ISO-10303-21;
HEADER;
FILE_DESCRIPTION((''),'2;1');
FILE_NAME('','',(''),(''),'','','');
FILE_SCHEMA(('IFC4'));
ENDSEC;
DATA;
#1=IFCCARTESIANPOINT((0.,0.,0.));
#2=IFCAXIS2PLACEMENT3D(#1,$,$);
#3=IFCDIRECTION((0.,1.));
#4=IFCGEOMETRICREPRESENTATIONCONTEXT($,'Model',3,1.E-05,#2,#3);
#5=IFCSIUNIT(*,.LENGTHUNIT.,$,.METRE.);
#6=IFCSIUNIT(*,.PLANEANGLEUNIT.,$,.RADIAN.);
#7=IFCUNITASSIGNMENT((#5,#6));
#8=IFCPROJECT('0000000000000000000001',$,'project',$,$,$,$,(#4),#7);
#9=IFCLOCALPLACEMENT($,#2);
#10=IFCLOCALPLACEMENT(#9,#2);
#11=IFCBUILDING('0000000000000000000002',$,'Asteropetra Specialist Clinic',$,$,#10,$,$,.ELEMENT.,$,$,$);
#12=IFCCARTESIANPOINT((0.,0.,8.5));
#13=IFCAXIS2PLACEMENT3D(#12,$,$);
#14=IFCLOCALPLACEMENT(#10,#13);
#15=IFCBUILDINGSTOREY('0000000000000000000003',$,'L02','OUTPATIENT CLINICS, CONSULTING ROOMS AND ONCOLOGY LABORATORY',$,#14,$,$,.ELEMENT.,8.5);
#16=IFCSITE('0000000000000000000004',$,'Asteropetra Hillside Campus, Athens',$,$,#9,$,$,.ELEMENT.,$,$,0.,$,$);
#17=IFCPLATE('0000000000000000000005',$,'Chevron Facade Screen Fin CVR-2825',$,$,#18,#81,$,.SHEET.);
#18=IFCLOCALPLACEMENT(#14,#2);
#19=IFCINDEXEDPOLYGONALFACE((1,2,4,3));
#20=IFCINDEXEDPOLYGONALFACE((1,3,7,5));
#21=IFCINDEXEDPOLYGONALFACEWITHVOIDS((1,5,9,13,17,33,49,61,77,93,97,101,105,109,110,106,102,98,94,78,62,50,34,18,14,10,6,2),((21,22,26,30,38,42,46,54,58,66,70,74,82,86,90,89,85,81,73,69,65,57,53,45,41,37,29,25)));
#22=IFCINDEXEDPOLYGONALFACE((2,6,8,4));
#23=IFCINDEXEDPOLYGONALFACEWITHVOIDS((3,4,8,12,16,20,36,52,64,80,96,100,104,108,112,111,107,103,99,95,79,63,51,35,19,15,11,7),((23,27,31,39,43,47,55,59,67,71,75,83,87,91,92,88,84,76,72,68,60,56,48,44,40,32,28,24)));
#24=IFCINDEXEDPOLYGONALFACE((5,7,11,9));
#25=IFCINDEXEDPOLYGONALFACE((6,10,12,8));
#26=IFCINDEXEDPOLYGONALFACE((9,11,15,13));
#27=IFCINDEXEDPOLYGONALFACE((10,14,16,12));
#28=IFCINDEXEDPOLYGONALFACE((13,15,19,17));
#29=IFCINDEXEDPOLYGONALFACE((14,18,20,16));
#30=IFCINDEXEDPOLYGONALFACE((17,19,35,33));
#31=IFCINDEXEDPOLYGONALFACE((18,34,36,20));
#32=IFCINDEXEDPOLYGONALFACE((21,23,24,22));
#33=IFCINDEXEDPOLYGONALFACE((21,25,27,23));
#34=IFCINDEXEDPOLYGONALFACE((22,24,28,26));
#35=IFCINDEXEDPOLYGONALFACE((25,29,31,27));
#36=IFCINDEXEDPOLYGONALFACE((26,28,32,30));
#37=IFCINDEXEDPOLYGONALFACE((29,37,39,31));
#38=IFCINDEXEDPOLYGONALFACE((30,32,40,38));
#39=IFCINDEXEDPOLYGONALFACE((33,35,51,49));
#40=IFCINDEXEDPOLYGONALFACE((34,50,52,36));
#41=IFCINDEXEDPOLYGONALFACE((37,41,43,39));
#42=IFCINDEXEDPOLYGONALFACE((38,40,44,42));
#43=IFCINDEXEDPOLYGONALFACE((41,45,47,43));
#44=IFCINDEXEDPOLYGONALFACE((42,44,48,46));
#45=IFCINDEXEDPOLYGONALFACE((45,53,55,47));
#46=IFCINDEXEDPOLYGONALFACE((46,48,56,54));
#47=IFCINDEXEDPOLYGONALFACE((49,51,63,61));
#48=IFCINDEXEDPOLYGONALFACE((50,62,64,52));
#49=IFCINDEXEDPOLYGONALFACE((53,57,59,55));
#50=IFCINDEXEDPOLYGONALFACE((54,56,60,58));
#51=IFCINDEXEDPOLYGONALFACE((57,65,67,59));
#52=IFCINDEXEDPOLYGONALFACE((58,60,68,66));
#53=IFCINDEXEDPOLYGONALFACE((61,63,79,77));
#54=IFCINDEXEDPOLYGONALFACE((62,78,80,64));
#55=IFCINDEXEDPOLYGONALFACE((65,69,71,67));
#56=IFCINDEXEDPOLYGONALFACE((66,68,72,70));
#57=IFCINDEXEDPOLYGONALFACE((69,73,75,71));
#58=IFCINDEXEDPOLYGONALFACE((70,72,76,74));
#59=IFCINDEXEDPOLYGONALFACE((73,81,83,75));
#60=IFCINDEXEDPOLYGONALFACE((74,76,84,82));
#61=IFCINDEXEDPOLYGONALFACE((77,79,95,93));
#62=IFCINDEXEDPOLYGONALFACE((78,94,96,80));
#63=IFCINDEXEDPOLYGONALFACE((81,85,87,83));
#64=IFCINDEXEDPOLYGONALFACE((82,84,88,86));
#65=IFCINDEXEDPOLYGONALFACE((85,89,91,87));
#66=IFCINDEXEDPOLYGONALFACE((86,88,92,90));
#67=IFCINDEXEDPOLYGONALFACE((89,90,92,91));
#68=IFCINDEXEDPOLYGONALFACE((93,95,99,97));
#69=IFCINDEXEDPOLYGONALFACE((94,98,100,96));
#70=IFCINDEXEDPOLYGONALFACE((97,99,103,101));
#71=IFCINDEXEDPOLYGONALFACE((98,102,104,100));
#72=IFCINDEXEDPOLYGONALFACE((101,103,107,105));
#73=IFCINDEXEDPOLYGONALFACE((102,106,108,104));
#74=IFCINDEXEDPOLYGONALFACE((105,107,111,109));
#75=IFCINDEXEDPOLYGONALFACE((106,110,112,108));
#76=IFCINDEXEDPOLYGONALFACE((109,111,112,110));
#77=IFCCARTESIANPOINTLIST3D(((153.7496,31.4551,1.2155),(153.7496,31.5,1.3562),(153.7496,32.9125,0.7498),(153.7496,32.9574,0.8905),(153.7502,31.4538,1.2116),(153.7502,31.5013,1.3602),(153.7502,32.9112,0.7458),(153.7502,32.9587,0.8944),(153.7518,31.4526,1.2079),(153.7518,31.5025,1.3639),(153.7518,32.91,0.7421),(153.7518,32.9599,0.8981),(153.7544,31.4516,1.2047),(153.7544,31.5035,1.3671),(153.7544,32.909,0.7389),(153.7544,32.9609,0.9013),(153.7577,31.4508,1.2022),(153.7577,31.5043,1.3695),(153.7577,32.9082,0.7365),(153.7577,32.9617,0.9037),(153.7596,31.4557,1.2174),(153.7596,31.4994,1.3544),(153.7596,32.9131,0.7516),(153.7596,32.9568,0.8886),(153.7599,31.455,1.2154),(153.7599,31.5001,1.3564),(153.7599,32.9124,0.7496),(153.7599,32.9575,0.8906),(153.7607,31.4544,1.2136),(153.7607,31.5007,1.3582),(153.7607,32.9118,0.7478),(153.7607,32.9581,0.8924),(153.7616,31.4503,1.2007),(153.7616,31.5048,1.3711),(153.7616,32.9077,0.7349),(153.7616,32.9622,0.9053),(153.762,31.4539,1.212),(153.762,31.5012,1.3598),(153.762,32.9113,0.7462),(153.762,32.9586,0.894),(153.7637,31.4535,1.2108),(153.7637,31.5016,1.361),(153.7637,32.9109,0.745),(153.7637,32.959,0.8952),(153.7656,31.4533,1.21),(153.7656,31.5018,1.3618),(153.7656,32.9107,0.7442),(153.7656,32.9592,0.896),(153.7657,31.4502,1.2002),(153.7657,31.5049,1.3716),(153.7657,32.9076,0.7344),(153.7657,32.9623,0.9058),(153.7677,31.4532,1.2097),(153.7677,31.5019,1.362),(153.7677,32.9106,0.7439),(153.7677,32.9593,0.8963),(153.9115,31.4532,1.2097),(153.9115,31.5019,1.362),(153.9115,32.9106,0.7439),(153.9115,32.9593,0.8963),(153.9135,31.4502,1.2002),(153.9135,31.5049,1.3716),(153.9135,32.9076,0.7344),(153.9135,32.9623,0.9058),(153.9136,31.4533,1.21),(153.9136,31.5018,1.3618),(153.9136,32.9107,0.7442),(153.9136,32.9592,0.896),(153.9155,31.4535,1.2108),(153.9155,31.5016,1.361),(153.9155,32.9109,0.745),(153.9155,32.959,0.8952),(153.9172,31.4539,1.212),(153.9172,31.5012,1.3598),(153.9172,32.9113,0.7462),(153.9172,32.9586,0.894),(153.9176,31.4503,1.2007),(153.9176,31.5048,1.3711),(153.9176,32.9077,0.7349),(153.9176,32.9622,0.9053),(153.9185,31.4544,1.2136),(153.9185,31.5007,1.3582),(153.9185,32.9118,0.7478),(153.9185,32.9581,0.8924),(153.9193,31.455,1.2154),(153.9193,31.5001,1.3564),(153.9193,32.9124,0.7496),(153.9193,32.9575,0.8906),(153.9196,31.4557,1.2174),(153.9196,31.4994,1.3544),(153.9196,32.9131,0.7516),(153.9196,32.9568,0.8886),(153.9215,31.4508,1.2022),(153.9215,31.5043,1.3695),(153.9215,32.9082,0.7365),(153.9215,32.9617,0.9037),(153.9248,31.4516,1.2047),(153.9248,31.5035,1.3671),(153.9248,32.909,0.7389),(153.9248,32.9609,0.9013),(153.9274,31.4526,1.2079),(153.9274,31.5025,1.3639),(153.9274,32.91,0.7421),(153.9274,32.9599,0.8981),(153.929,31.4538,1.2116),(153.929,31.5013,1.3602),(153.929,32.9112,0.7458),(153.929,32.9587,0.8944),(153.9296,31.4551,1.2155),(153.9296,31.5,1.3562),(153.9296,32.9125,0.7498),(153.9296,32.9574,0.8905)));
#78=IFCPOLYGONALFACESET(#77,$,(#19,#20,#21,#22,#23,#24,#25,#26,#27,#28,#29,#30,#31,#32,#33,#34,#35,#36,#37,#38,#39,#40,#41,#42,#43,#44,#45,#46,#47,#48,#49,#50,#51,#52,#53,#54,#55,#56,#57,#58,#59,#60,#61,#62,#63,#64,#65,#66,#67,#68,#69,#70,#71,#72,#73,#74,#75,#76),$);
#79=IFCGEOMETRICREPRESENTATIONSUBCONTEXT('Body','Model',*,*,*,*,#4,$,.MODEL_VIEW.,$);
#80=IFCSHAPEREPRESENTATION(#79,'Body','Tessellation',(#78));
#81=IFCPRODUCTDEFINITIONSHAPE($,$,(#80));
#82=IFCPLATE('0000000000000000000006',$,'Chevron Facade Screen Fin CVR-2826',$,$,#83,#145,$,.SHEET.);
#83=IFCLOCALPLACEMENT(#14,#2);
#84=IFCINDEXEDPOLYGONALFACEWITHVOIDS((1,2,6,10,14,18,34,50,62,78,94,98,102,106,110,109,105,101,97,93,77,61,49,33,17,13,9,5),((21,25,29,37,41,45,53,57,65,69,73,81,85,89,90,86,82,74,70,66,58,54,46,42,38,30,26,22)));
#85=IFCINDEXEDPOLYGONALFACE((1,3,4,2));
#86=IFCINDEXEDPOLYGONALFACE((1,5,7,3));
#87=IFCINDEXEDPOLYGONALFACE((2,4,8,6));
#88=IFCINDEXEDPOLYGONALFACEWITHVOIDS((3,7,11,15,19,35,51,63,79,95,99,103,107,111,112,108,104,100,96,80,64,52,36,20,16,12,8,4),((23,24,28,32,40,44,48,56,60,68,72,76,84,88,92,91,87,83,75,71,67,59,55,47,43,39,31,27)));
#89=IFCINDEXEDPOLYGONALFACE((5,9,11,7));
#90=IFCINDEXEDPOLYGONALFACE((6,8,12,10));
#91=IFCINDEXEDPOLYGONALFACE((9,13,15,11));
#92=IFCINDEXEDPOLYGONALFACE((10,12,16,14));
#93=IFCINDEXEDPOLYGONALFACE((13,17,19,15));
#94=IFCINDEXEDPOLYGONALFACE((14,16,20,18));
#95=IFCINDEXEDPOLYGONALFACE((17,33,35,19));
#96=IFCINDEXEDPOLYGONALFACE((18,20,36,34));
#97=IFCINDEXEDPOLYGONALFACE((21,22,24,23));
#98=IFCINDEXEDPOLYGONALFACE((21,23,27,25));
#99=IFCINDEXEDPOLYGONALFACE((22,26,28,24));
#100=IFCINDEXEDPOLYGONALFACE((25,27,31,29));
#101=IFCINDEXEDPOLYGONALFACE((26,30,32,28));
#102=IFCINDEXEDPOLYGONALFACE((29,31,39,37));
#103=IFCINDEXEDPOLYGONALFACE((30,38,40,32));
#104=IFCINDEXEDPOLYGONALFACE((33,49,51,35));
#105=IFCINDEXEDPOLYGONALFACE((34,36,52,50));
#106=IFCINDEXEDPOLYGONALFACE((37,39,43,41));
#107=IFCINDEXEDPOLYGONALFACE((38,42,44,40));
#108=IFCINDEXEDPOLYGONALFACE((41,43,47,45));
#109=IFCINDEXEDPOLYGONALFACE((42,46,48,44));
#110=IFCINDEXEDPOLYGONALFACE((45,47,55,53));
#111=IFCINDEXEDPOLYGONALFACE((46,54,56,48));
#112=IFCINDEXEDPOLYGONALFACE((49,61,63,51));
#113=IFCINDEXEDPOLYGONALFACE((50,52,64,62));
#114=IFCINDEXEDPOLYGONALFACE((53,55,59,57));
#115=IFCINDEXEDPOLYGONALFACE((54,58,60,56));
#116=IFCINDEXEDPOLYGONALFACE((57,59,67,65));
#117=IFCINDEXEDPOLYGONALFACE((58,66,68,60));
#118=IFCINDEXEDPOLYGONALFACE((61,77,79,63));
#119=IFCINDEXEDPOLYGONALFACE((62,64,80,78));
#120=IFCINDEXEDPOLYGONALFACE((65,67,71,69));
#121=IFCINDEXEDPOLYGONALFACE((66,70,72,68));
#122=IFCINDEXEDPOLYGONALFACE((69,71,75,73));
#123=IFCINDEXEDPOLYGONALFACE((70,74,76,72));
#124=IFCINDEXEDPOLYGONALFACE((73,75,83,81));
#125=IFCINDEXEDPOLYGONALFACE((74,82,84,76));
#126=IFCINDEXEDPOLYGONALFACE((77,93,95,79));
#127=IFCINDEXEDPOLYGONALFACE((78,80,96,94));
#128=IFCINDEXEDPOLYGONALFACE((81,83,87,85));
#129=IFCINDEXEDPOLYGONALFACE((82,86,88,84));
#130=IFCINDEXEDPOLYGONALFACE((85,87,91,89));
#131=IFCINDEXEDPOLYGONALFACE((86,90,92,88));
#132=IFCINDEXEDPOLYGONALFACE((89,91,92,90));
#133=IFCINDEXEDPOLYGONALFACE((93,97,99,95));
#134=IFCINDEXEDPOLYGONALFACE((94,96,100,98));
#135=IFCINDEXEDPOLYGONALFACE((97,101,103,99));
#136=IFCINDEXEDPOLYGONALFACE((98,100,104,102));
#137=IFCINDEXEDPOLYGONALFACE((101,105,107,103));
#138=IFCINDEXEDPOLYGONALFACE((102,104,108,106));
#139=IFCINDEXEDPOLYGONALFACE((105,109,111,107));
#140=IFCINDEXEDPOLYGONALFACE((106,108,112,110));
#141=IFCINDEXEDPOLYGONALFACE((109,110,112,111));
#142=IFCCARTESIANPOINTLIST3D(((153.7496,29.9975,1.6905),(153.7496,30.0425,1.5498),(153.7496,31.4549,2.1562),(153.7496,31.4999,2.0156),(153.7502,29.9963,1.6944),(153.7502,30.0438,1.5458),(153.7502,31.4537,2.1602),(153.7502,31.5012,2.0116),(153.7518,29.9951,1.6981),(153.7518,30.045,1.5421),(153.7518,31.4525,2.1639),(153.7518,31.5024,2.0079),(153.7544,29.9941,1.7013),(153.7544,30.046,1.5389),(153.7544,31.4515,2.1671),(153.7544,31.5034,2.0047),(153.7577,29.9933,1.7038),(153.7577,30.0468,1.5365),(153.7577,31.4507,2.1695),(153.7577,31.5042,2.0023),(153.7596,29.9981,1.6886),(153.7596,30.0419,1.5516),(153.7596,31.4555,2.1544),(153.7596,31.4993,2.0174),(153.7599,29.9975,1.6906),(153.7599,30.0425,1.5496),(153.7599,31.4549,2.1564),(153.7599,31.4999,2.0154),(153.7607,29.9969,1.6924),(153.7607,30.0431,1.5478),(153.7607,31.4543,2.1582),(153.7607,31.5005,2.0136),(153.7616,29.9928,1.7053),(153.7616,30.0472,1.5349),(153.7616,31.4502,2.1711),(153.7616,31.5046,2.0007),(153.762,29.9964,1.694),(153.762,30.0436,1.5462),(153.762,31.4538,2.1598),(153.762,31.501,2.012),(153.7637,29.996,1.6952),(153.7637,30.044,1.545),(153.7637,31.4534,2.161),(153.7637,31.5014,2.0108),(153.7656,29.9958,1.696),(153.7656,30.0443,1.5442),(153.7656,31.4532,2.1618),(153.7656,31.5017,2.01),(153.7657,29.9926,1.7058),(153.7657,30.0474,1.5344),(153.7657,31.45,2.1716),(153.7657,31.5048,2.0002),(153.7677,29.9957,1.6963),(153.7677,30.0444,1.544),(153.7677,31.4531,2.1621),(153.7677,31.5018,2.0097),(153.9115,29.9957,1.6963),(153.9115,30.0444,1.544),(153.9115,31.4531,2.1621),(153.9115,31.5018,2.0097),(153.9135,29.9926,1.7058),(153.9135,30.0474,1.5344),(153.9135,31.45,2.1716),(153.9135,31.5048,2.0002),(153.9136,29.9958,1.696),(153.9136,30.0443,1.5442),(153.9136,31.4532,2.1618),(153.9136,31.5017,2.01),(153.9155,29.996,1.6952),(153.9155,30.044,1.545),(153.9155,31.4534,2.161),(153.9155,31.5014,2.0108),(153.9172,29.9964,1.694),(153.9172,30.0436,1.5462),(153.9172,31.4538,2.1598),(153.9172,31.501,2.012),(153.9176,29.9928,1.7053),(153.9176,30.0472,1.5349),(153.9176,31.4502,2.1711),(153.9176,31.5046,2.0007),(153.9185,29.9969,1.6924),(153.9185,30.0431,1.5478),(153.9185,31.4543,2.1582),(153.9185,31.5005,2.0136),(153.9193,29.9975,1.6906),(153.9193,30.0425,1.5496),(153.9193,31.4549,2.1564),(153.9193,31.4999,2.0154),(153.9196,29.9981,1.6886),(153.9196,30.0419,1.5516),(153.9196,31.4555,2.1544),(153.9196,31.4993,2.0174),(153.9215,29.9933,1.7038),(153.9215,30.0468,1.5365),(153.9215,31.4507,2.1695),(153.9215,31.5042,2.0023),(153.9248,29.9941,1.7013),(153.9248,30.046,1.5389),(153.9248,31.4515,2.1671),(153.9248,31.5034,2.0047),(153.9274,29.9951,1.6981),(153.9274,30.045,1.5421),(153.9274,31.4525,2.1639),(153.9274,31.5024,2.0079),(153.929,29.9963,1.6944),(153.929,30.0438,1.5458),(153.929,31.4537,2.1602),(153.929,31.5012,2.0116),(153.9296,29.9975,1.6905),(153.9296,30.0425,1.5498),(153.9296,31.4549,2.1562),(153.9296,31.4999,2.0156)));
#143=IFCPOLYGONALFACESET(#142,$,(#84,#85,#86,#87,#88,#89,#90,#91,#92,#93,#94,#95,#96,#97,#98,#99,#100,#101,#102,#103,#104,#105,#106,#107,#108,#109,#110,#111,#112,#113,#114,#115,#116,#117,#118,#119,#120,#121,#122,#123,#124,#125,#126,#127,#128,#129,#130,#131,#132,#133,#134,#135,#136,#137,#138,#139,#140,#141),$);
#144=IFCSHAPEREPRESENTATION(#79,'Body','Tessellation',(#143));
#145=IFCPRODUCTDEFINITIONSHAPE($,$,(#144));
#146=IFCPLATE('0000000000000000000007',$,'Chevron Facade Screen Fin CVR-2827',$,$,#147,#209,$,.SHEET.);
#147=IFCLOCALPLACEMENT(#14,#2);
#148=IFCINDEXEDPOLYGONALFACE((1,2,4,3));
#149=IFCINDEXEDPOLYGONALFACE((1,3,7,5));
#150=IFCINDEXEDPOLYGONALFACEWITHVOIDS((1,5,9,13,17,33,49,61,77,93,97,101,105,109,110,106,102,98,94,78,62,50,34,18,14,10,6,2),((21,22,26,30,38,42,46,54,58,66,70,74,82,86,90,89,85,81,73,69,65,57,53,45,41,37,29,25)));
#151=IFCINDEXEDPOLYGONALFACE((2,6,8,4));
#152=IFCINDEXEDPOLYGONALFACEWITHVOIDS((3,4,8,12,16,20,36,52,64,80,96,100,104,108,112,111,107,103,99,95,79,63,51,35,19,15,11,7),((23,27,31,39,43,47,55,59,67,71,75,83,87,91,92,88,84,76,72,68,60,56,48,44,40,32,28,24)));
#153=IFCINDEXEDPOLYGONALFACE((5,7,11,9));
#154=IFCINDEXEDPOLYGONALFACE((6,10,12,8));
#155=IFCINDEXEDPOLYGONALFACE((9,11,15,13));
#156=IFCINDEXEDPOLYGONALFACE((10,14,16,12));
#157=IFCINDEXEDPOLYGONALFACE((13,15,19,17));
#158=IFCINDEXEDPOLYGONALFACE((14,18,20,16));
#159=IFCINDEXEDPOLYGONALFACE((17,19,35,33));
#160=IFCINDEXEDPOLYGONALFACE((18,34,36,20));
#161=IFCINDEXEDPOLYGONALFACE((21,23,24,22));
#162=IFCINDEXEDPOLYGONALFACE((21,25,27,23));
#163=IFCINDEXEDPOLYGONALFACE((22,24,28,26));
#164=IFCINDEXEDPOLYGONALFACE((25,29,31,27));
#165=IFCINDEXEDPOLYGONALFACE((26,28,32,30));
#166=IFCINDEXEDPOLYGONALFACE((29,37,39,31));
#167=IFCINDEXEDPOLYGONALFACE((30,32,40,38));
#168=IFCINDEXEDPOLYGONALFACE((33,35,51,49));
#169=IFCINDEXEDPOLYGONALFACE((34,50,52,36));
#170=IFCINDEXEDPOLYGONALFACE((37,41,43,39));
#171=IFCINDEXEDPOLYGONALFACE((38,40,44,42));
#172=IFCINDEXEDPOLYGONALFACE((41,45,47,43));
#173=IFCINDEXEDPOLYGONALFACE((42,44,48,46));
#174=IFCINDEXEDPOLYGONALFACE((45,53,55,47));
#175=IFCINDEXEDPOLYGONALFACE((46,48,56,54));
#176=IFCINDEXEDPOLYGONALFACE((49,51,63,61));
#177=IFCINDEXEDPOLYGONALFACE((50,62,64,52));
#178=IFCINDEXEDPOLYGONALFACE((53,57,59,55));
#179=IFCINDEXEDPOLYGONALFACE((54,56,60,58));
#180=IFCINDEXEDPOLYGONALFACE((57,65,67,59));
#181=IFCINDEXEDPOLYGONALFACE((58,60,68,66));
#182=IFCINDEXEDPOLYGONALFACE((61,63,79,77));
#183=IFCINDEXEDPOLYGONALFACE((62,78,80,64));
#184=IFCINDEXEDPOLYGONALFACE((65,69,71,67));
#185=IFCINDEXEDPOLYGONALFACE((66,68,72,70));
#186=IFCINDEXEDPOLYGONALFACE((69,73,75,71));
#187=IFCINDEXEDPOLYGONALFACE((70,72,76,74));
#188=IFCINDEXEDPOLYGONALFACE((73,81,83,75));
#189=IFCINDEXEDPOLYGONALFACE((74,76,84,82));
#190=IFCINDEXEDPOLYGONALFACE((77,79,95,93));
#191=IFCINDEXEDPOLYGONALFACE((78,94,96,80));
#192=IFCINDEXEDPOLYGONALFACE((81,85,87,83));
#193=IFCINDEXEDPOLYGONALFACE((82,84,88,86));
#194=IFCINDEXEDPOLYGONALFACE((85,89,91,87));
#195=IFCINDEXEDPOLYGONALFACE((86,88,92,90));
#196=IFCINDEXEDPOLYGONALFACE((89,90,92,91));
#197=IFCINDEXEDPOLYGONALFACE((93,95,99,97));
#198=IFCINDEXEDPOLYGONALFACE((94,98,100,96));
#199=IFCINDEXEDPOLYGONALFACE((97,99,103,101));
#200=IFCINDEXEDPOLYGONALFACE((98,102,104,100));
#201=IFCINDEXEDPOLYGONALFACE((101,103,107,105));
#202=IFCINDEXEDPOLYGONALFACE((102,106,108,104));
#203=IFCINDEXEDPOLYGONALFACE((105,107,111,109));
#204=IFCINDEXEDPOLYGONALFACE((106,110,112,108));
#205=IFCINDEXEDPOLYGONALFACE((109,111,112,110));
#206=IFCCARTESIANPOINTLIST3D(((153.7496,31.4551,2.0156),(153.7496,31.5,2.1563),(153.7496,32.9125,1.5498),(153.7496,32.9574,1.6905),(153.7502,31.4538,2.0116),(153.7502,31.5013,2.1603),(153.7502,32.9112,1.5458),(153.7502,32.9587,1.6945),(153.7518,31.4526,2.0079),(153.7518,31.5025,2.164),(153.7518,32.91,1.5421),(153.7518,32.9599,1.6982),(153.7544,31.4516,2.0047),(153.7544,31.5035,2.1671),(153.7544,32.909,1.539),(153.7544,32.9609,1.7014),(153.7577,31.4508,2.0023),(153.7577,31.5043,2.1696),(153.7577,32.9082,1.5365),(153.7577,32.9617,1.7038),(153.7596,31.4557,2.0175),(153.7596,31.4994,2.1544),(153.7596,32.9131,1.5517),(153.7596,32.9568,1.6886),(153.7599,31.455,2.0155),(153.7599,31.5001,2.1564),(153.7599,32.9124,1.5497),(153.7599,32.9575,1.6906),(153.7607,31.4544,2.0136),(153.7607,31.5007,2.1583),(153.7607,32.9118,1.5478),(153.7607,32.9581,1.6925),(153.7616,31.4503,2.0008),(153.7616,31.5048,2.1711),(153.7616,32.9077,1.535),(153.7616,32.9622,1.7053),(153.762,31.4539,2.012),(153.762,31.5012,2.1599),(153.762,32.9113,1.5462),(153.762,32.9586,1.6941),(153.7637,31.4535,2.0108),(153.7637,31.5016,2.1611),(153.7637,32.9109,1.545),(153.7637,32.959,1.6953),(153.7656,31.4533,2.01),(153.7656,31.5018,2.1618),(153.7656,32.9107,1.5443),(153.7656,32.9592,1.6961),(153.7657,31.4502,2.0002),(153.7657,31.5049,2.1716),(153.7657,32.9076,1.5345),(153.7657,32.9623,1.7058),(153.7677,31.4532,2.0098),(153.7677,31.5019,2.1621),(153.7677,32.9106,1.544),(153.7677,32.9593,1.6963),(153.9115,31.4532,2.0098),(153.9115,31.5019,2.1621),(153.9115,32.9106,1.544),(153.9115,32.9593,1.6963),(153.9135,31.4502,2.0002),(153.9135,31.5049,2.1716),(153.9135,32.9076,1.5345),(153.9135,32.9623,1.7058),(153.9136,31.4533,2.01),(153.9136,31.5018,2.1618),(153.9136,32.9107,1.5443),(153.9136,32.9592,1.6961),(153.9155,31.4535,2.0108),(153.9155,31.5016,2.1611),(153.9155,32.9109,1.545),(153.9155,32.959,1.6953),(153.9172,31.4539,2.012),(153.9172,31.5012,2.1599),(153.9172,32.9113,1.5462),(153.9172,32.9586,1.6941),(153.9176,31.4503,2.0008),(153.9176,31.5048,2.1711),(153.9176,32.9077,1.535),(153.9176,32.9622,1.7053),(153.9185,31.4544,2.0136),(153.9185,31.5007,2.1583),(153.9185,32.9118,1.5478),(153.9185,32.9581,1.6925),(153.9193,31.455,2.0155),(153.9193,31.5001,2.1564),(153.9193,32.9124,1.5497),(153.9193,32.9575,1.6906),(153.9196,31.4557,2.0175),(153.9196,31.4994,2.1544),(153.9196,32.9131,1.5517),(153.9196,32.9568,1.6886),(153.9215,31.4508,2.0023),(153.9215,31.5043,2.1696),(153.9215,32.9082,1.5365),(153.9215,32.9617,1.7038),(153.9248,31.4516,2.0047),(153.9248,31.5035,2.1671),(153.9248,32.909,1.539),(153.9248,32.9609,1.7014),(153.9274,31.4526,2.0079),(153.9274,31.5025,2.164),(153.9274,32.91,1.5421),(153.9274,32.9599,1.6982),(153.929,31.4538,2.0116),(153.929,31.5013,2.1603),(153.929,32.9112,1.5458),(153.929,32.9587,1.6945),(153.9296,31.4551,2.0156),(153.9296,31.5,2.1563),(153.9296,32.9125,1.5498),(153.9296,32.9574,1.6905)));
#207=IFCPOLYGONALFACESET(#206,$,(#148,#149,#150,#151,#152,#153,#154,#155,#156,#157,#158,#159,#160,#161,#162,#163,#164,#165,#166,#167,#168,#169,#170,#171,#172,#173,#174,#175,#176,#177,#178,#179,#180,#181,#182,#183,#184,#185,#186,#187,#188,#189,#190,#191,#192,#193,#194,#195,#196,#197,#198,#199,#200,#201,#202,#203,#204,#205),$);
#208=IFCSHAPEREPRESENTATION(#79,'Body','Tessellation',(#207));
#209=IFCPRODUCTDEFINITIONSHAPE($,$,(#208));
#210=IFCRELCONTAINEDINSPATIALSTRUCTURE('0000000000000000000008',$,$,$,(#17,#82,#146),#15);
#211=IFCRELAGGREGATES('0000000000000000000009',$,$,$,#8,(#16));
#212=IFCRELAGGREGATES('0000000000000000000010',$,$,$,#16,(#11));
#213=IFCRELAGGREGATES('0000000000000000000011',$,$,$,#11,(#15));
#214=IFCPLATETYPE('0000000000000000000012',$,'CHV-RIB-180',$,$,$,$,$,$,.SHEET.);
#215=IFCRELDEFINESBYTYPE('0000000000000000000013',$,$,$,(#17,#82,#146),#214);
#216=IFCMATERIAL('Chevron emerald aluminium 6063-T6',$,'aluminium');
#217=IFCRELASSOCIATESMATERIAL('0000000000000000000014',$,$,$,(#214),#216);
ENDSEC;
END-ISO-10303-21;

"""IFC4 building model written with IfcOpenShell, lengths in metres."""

from ifc_helpers import new_model, si_unit, direction, frame, origin, origin_2d, place, context, subcontext, project, spatial, hollow_rectangle, extrude, material, material_profile, profile_set, type_object, element, save


model = new_model("IFC4")

# Units and contexts
model_context = context("Model", 3, precision=1e-05, world=origin(), true_north=direction((0.0, 1.0)))
body_context = subcontext(model_context, "Body", "Model", "MODEL_VIEW")
ifc_project = project(units=[si_unit("LENGTHUNIT", "METRE"), si_unit("PLANEANGLEUNIT", "RADIAN")], contexts=[model_context])

# Site, building, storey
site_placement = place(None, origin())
site = spatial("IfcSite", under=ifc_project, at=site_placement, Name="Asteropetra Hillside Campus, Athens", CompositionType="ELEMENT", RefElevation=0.0)
building_placement = place(site_placement, origin())
building = spatial("IfcBuilding", under=site, at=building_placement, Name="Asteropetra Specialist Clinic", CompositionType="ELEMENT")
storey_placement = place(building_placement, frame((0.0, 0.0, 8.5)))
storey = spatial("IfcBuildingStorey", under=building, at=storey_placement, Name="L02", Description="OUTPATIENT CLINICS, CONSULTING ROOMS AND ONCOLOGY LABORATORY", CompositionType="ELEMENT", Elevation=8.5)

# Plates
ifc_material_1 = material(Name="Chevron emerald aluminium 6063-T6", Category="aluminium")
ifc_material_profile_1 = material_profile(ifc_material_1, hollow_rectangle(XDim=0.1799, YDim=0.1799, WallThickness=0.01, InnerFilletRadius=0.0081, OuterFilletRadius=0.0161, at=origin_2d()), Name="SHS 180x180x10.0")
ifc_profile_set_1 = profile_set([ifc_material_profile_1], Name="Chevron emerald aluminium 6063-T6")
plate_type = type_object("IfcPlateType", Name="CHV-RIB-180", PredefinedType="SHEET", material=ifc_profile_set_1)
for number, where, z_axis, x_axis, name in (
    (1, (153.8396, 31.4775, 1.2859), (0.0, 0.952535, -0.304428), (-1.0, 0.0, 0.0), "Chevron Facade Screen Fin CVR-2825"),
    (2, (153.8396, 30.02, 1.6201), (0.0, 0.952535, 0.304428), (-1.0, 0.0, 0.0), "Chevron Facade Screen Fin CVR-2826"),
    (3, (153.8396, 31.4775, 2.0859), (0.0, 0.952535, -0.304428), (-1.0, 0.0, 0.0), "Chevron Facade Screen Fin CVR-2827"),
):
    element("IfcPlate", number, at=place(storey_placement, frame(where, z_axis=z_axis, x_axis=x_axis)), inside=storey, type_object=plate_type, Name=name, PredefinedType="SHEET", context=body_context, shape_type="SweptSolid", body=[
        extrude(hollow_rectangle(XDim=0.1799, YDim=0.1799, WallThickness=0.01, InnerFilletRadius=0.0081, OuterFilletRadius=0.0161, at=origin_2d()), origin(), (0.0, 0.0, 1.0), 1.53),
    ])

save(model, "model.ifc")
